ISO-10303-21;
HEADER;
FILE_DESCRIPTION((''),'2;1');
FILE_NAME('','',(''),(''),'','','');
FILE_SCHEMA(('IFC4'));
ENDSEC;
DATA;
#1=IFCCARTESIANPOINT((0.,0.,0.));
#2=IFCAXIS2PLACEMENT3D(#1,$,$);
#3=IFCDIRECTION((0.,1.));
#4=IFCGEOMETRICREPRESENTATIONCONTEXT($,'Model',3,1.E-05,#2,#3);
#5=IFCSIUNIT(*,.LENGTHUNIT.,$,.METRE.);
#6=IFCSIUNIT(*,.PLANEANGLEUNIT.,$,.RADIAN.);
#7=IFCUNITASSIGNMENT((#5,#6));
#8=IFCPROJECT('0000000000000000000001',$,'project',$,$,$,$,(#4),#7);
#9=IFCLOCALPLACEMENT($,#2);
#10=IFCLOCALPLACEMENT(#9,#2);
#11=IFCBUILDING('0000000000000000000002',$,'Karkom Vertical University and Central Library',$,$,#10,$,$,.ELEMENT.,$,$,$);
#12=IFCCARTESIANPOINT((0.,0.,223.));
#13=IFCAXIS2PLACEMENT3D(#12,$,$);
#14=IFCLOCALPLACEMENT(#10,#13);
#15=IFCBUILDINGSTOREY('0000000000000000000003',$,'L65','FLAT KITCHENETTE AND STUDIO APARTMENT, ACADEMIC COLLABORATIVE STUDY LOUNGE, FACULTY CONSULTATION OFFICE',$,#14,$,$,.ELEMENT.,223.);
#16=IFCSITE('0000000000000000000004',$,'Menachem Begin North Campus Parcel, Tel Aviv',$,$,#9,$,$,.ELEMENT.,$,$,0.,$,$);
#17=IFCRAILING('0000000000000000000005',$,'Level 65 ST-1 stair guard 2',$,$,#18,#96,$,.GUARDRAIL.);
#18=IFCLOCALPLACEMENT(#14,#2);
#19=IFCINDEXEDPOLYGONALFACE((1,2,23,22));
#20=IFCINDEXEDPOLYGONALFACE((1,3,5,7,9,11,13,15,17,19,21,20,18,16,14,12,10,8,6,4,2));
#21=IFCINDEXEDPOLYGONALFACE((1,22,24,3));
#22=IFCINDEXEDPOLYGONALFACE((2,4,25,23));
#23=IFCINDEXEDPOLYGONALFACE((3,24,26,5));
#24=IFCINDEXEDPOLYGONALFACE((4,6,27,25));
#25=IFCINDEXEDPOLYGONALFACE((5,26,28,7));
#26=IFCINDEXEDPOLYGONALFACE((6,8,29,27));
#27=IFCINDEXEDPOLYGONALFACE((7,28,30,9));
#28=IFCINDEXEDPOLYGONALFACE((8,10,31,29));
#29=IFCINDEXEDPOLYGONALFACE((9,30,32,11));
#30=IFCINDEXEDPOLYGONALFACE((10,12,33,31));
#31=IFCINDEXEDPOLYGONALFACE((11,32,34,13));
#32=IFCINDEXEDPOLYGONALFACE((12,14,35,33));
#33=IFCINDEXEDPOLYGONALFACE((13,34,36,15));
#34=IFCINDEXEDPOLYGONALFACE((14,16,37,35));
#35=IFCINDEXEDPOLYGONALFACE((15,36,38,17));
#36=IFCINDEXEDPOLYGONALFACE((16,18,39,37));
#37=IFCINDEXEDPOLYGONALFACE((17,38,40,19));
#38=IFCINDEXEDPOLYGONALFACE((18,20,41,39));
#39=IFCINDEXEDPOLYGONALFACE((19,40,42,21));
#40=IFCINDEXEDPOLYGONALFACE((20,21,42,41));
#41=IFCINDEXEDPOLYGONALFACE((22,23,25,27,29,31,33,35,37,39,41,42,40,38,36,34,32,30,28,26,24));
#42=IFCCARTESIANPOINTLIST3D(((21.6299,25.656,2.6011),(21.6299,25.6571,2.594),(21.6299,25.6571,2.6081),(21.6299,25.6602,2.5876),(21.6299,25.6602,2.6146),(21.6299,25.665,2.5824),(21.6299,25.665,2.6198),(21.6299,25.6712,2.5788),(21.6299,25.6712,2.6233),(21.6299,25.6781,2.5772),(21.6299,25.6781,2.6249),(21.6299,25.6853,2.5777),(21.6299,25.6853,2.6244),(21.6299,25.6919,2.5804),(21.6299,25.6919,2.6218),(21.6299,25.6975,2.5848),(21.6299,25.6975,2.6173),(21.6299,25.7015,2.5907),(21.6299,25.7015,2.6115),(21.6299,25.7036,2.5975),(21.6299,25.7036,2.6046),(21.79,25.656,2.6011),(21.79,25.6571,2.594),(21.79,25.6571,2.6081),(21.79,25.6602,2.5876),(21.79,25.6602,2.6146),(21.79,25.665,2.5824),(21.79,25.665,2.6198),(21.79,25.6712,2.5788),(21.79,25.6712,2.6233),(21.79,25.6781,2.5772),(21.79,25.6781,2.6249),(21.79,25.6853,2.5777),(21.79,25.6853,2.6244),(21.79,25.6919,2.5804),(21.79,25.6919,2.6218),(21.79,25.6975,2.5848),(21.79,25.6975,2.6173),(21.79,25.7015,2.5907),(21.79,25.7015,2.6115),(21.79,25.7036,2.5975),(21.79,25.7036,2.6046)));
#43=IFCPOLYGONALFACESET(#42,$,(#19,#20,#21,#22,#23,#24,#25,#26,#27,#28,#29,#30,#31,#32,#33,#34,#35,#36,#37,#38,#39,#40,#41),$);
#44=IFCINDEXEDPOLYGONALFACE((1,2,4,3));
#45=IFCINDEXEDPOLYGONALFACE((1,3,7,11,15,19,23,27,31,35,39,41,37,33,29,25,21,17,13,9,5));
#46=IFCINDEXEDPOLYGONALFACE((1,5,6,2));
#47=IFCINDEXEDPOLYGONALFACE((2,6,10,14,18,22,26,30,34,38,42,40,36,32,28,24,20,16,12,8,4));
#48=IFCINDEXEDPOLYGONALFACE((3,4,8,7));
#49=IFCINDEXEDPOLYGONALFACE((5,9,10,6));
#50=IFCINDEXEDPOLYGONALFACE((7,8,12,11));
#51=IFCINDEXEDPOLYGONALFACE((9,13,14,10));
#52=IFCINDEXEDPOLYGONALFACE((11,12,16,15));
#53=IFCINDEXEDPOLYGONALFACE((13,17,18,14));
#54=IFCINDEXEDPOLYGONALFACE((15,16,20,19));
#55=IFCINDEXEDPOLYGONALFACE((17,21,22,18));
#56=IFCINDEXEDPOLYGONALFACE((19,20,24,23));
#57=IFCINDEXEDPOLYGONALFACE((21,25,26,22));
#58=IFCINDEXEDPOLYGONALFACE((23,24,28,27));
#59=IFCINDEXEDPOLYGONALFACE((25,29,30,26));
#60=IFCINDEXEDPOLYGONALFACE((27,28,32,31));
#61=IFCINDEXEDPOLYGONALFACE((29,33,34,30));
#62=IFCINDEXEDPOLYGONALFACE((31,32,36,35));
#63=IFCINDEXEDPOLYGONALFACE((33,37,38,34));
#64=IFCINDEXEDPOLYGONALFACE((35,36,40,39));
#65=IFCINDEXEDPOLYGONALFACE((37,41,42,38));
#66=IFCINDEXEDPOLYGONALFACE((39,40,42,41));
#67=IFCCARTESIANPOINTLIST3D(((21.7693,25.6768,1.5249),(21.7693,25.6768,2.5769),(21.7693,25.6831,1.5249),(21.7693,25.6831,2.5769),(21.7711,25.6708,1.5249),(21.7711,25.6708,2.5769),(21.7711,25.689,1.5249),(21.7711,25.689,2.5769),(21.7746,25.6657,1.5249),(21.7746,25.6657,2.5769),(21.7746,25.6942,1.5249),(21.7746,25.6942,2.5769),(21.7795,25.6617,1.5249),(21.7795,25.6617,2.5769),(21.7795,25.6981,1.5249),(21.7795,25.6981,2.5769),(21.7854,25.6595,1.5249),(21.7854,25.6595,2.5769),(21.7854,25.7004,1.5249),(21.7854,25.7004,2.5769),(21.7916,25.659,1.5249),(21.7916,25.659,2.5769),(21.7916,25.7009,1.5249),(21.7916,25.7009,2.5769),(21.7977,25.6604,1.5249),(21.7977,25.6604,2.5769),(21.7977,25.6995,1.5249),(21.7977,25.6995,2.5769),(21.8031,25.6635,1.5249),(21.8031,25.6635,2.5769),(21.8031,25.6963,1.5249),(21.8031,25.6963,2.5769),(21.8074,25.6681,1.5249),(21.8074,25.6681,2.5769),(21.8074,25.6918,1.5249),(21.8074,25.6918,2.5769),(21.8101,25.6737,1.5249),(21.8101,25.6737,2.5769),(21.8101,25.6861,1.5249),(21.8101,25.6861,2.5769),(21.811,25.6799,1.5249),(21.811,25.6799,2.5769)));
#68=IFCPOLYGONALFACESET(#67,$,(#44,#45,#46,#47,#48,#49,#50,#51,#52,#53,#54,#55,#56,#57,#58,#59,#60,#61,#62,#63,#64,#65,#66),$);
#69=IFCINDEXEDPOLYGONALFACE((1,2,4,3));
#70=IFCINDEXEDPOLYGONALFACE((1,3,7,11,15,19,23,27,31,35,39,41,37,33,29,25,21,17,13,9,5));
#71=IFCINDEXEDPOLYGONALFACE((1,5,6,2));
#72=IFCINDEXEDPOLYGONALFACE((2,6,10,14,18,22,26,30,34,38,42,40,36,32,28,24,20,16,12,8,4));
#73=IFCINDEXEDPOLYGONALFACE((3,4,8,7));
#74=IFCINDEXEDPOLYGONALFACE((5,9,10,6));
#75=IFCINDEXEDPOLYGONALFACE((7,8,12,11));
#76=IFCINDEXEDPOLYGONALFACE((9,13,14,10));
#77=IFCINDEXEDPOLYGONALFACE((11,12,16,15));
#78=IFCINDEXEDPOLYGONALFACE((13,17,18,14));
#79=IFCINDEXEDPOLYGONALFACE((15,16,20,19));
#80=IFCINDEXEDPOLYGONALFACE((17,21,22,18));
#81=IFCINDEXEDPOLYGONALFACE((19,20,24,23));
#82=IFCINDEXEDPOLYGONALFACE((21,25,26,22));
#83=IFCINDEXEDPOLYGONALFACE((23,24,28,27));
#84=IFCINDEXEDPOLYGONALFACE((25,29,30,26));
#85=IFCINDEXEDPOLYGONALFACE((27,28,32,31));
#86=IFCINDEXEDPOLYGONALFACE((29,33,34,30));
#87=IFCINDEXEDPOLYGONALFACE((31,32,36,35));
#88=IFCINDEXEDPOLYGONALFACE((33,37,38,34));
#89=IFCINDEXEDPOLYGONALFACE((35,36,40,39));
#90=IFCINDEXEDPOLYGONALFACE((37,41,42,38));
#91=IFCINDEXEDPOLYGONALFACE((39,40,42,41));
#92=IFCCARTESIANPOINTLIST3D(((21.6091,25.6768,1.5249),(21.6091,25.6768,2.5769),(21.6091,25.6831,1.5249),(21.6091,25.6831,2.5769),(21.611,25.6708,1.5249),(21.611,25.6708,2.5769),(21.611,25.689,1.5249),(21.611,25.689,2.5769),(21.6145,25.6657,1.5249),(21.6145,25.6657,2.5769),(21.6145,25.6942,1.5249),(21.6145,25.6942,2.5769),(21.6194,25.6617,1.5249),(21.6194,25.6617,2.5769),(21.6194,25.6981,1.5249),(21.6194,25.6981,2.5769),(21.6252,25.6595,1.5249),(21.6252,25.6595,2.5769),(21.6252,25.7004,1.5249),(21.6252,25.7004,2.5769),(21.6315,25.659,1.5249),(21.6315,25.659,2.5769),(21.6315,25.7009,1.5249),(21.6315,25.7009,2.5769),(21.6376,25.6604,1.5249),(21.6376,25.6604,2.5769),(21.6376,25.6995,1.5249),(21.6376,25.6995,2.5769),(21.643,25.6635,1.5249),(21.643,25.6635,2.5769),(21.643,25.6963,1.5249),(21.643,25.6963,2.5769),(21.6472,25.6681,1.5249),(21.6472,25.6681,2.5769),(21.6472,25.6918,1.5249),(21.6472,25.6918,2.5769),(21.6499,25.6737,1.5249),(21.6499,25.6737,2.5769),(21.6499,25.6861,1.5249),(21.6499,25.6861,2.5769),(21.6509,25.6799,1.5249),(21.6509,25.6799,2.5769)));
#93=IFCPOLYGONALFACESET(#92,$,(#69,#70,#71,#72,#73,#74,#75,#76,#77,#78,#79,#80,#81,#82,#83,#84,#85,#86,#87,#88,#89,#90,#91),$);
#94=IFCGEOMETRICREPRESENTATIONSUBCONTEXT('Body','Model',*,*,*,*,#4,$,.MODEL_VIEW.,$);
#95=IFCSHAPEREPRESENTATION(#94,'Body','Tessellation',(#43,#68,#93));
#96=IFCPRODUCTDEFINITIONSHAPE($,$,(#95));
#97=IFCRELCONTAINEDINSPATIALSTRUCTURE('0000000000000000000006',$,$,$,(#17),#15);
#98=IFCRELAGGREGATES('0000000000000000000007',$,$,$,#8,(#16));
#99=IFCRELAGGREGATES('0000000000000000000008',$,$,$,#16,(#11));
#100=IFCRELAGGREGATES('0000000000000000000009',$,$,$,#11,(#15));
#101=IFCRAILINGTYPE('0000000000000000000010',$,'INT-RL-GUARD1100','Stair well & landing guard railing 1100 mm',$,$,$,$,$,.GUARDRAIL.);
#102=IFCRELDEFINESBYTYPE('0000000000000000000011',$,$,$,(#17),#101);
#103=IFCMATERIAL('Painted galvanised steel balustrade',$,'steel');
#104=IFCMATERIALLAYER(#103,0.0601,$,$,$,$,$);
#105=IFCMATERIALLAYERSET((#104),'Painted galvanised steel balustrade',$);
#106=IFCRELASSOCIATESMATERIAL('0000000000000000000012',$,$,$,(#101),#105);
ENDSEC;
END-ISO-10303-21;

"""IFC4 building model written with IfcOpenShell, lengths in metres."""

from ifc_helpers import new_model, si_unit, direction, frame, origin, origin_2d, place, context, subcontext, project, spatial, circle, extrude, material, layer, layer_set, type_object, element, save


model = new_model("IFC4")

# Units and contexts
model_context = context("Model", 3, precision=1e-05, world=origin(), true_north=direction((0.0, 1.0)))
body_context = subcontext(model_context, "Body", "Model", "MODEL_VIEW")
ifc_project = project(units=[si_unit("LENGTHUNIT", "METRE"), si_unit("PLANEANGLEUNIT", "RADIAN")], contexts=[model_context])

# Site, building, storey
site_placement = place(None, origin())
site = spatial("IfcSite", under=ifc_project, at=site_placement, Name="Menachem Begin North Campus Parcel, Tel Aviv", CompositionType="ELEMENT", RefElevation=0.0)
building_placement = place(site_placement, origin())
building = spatial("IfcBuilding", under=site, at=building_placement, Name="Karkom Vertical University and Central Library", CompositionType="ELEMENT")
storey_placement = place(building_placement, frame((0.0, 0.0, 223.0)))
storey = spatial("IfcBuildingStorey", under=building, at=storey_placement, Name="L65", Description="FLAT KITCHENETTE AND STUDIO APARTMENT, ACADEMIC COLLABORATIVE STUDY LOUNGE, FACULTY CONSULTATION OFFICE", CompositionType="ELEMENT", Elevation=223.0)

# Railing
ifc_material_1 = material(Name="Painted galvanised steel balustrade", Category="steel")
ifc_layer_1 = layer(ifc_material_1, 0.0601)
ifc_layer_set_1 = layer_set([ifc_layer_1], Name="Painted galvanised steel balustrade")
railing_type_1 = type_object("IfcRailingType", Name="INT-RL-GUARD1100", Description="Stair well & landing guard railing 1100 mm", PredefinedType="GUARDRAIL", material=ifc_layer_set_1)
railing_1_placement = place(storey_placement, frame((21.79, 25.6799, 1.5249)))
element("IfcRailing", 1, at=railing_1_placement, inside=storey, type_object=railing_type_1, Name="Level 65 ST-1 stair guard 2", PredefinedType="GUARDRAIL", context=body_context, shape_type="SweptSolid", body=[
    extrude(circle(Radius=0.0239, at=origin_2d()), frame((0.0, 0.0, 1.0762), z_axis=(-1.0, 0.0, 0.0), x_axis=(0.0, -1.0, 0.0)), (0.0, 0.0, 1.0), 0.1602),
    extrude(circle(Radius=0.021, at=origin_2d()), origin(), (0.0, 0.0, 1.0), 1.052),
    extrude(circle(Radius=0.021, at=origin_2d()), frame((-0.1602, 0.0, 0.0)), (0.0, 0.0, 1.0), 1.052),
])

save(model, "model.ifc")
